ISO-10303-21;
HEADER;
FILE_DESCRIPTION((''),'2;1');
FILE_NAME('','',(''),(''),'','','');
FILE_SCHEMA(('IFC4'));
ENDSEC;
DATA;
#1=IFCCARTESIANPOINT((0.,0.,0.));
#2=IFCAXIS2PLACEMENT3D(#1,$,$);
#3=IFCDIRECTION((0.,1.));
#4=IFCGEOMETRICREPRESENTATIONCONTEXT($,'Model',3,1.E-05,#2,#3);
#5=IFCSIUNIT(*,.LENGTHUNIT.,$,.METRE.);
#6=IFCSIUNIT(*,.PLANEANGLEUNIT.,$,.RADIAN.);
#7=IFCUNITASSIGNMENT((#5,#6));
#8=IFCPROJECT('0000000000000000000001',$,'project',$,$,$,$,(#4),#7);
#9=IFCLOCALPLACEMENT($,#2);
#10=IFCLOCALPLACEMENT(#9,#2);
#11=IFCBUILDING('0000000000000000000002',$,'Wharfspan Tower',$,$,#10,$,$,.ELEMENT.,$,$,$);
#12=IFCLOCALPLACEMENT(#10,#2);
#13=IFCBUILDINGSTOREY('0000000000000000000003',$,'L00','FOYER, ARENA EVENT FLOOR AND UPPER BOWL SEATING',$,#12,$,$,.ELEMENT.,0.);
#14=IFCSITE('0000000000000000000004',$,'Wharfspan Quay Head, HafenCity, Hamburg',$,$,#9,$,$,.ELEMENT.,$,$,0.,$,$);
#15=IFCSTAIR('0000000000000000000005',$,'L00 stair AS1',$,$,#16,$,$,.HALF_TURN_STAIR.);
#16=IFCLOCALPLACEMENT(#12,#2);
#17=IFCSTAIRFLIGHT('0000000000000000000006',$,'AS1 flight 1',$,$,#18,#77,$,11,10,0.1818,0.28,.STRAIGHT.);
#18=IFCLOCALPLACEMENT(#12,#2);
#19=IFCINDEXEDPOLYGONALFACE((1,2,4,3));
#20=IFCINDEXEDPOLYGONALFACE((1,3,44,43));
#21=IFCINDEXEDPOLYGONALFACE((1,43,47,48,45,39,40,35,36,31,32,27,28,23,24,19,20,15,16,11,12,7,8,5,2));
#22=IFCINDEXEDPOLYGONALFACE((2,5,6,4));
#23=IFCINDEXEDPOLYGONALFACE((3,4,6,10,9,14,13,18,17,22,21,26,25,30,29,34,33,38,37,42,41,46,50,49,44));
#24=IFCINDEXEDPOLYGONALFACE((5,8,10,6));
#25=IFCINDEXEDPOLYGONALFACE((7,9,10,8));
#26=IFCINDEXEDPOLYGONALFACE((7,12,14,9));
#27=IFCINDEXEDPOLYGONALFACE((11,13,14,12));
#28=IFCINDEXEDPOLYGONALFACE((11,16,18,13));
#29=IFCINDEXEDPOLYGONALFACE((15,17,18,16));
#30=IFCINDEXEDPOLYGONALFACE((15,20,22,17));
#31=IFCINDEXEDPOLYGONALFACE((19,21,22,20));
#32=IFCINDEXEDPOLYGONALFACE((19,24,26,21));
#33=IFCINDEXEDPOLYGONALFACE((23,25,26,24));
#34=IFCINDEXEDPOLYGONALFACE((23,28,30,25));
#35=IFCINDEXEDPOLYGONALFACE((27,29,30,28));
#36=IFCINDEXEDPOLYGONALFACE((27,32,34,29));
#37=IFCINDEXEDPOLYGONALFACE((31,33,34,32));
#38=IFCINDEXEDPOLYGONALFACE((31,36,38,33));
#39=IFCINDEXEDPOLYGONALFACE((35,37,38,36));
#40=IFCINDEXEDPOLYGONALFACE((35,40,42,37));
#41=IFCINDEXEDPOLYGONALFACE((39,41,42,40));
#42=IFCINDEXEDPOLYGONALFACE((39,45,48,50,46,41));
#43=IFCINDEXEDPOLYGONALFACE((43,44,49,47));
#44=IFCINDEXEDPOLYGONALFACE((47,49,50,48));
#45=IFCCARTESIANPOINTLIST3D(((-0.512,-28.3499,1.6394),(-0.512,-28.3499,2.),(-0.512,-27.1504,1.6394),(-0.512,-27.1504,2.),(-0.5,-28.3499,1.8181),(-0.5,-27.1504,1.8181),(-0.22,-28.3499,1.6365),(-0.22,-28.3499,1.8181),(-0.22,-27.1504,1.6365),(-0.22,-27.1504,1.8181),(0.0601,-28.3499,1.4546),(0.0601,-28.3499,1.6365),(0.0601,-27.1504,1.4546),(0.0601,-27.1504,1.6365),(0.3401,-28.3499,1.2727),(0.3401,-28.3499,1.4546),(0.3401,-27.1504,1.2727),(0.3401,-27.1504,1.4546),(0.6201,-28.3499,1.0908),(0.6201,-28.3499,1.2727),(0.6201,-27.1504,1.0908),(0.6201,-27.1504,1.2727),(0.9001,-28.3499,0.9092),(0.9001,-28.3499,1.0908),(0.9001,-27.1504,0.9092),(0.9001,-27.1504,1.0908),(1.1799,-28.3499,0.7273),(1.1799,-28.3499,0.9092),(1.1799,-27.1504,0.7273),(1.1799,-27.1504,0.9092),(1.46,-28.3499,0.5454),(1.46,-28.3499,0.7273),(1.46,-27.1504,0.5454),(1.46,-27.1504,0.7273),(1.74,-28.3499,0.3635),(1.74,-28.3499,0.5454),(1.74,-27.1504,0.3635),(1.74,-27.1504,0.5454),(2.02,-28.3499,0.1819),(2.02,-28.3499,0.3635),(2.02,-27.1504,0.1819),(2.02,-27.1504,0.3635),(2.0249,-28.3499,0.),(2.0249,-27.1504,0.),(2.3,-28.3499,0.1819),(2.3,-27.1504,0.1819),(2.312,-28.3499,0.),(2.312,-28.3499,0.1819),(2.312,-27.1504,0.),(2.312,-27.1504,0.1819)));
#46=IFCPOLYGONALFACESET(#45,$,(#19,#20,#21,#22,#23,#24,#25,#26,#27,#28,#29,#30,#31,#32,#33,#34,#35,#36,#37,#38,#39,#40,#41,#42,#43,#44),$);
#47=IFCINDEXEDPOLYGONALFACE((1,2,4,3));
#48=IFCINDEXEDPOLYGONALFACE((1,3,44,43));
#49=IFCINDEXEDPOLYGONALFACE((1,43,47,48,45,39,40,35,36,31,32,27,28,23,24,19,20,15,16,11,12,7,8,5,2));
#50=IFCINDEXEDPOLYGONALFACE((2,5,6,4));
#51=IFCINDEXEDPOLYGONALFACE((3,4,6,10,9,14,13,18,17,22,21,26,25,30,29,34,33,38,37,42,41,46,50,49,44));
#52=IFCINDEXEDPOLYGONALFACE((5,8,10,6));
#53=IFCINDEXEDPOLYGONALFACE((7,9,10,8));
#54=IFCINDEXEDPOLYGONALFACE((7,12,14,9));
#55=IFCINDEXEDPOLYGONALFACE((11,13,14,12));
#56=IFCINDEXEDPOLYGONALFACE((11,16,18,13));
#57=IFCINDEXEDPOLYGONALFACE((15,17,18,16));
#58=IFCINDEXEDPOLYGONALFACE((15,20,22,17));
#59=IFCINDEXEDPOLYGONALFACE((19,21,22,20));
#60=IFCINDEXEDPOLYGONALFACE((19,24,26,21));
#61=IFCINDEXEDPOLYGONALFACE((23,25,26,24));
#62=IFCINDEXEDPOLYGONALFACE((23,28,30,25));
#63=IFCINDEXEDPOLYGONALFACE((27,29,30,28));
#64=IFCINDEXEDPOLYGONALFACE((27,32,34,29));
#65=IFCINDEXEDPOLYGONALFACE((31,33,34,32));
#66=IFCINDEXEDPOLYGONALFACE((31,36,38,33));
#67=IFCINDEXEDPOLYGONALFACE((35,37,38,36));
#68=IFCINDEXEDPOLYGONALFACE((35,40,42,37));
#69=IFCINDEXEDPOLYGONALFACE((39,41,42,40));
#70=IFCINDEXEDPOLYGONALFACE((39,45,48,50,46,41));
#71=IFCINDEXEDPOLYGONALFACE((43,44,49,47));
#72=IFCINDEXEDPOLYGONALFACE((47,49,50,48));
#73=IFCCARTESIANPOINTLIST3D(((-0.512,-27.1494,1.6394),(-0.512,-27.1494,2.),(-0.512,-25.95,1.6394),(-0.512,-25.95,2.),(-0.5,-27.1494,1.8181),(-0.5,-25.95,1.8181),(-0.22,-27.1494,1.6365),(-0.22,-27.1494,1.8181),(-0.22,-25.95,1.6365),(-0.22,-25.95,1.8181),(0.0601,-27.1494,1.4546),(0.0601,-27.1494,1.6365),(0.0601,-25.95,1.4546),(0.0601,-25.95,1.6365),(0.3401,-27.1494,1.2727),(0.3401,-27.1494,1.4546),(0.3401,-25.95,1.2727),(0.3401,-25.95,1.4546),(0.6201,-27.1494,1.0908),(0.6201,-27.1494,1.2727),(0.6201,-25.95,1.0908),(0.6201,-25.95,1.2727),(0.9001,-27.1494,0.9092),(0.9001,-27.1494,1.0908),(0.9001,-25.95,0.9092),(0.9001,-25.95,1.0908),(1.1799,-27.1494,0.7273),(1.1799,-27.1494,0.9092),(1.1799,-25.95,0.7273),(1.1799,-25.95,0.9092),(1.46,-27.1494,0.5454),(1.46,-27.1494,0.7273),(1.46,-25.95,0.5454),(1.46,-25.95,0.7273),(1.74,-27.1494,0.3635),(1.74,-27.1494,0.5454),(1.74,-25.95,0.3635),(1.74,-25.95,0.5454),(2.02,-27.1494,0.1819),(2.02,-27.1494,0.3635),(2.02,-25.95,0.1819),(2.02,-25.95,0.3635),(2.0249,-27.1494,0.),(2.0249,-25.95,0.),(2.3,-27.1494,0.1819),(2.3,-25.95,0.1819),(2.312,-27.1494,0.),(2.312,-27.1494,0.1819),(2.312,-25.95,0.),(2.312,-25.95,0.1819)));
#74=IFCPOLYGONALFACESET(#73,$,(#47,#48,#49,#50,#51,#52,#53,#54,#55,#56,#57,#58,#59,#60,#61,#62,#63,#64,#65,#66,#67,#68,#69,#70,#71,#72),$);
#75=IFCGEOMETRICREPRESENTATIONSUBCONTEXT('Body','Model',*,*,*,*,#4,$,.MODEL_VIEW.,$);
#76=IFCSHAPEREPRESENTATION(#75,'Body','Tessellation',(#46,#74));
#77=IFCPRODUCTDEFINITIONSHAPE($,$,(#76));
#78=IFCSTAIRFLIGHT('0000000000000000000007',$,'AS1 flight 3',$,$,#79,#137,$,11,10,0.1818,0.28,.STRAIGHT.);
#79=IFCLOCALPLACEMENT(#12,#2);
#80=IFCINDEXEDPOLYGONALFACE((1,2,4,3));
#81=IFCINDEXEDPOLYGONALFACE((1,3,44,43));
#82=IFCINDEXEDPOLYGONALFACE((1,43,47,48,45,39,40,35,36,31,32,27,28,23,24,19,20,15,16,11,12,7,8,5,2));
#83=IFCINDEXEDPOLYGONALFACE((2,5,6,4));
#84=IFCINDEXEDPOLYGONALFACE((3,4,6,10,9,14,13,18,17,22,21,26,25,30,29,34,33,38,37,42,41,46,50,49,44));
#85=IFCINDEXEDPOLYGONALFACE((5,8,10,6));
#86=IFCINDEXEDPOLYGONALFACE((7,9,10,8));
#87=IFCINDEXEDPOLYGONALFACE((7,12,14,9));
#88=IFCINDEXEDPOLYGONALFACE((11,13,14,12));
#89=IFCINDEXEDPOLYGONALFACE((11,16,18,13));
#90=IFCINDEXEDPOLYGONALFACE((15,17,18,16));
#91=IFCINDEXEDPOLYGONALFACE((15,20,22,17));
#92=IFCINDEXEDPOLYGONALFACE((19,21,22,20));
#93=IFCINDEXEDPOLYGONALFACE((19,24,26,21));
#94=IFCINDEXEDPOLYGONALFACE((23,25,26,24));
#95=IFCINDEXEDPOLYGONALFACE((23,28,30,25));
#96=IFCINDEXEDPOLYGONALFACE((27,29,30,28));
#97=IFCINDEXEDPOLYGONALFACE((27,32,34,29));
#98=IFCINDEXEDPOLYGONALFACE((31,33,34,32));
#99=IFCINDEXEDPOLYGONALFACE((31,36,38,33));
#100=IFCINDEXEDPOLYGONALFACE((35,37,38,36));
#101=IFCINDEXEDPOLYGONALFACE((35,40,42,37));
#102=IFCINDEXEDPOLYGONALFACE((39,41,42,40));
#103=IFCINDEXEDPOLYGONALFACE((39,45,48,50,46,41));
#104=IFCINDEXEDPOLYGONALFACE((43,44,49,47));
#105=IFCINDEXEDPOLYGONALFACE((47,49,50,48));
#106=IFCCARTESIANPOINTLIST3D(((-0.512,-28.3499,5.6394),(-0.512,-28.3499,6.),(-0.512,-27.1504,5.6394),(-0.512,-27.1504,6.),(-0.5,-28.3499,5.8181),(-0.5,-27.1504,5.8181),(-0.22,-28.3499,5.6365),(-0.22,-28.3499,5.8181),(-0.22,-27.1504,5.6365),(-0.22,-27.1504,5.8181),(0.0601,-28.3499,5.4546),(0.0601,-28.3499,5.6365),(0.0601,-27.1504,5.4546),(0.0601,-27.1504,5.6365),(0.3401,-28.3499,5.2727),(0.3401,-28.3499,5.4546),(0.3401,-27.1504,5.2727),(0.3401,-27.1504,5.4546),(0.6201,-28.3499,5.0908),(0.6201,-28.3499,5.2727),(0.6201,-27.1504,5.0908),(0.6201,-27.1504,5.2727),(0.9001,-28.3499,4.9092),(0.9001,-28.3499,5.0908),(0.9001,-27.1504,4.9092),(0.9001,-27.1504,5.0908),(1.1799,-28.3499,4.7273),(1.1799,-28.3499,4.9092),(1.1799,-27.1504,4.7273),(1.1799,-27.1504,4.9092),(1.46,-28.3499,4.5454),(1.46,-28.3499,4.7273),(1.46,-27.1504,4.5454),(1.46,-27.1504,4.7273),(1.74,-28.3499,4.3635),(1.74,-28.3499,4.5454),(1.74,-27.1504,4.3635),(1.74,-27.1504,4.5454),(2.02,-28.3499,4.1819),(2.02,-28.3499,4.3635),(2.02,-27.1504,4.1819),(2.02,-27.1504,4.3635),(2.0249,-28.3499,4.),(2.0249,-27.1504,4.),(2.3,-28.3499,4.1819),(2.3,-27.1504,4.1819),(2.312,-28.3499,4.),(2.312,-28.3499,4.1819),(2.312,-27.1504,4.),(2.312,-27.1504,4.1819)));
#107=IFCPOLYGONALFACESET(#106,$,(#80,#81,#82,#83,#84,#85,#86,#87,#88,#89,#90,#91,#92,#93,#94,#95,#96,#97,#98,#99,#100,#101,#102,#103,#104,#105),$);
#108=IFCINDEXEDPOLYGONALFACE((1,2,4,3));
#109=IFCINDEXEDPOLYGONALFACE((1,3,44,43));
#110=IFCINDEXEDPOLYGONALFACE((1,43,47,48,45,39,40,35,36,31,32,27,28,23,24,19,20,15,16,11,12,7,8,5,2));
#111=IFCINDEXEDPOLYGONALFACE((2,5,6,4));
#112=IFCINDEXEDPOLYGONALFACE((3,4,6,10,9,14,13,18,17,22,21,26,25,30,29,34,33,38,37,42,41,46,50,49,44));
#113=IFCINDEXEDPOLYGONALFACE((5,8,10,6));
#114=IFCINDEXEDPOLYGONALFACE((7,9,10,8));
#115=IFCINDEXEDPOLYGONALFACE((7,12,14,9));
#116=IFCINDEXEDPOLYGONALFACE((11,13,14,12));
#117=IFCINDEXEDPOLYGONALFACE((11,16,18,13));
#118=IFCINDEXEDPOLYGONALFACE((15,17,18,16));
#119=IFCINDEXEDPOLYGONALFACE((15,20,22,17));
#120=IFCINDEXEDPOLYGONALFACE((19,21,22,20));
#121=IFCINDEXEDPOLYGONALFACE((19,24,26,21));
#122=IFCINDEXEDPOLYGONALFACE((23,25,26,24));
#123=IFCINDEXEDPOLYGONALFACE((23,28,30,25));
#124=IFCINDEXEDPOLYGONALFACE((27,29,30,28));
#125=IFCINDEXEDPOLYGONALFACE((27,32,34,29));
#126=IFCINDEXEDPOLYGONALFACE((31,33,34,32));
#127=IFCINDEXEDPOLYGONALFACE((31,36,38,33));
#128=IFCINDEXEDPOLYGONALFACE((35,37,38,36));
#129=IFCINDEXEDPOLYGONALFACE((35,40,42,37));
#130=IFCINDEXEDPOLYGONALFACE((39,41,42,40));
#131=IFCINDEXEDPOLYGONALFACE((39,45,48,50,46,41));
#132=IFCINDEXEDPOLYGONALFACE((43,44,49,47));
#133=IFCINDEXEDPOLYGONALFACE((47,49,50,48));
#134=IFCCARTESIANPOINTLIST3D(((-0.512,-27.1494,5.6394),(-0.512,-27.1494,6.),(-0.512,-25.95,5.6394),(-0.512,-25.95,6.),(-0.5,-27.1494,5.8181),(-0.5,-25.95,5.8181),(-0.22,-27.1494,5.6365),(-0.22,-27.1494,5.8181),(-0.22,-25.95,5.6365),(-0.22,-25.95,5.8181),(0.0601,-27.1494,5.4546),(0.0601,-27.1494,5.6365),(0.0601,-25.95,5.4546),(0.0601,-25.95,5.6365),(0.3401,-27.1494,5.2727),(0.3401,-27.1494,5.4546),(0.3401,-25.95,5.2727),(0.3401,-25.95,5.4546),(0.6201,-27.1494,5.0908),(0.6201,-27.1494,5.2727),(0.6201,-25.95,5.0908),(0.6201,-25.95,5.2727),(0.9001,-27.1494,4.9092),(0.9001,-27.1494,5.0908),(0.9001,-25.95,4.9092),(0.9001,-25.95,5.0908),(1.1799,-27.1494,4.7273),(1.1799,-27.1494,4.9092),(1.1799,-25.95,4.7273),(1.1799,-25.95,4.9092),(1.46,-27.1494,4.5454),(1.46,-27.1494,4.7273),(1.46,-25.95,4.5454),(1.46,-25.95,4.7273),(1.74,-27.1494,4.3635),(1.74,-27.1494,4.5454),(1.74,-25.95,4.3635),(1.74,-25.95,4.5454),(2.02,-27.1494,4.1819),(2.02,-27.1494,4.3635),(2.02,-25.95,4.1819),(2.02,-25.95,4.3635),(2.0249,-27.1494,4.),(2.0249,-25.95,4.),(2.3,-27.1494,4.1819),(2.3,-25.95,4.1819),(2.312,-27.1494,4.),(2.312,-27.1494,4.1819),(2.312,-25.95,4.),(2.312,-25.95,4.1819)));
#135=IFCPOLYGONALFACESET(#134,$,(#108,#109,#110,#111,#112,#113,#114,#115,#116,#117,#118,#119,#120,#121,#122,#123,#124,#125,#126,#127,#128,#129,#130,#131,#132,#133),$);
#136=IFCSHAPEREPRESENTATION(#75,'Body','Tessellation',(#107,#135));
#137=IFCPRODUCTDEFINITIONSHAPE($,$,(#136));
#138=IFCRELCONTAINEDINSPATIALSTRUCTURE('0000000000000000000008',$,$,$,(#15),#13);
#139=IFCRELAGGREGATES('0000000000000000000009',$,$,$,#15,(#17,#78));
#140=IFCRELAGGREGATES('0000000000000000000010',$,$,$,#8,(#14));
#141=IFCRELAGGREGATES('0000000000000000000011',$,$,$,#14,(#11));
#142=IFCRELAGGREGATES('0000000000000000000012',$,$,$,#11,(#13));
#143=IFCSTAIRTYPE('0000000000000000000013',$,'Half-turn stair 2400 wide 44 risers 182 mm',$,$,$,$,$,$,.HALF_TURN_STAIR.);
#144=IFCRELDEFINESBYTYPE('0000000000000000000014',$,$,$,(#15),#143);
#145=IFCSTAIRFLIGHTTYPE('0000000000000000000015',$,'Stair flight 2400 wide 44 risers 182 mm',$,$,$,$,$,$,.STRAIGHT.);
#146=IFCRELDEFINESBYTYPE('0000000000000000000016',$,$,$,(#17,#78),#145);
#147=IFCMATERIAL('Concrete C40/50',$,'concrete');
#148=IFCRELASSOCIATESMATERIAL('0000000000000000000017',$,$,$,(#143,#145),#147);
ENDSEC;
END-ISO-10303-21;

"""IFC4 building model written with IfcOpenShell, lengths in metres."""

from ifc_helpers import new_model, si_unit, direction, frame, origin, place, context, subcontext, project, spatial, polyline, outline, extrude, material, type_object, element, aggregate, save


model = new_model("IFC4")

# Units and contexts
model_context = context("Model", 3, precision=1e-05, world=origin(), true_north=direction((0.0, 1.0)))
body_context = subcontext(model_context, "Body", "Model", "MODEL_VIEW")
ifc_project = project(units=[si_unit("LENGTHUNIT", "METRE"), si_unit("PLANEANGLEUNIT", "RADIAN")], contexts=[model_context])

# Site, building, storey
site_placement = place(None, origin())
site = spatial("IfcSite", under=ifc_project, at=site_placement, Name="Wharfspan Quay Head, HafenCity, Hamburg", CompositionType="ELEMENT", RefElevation=0.0)
building_placement = place(site_placement, origin())
building = spatial("IfcBuilding", under=site, at=building_placement, Name="Wharfspan Tower", CompositionType="ELEMENT")
storey_placement = place(building_placement, origin())
storey = spatial("IfcBuildingStorey", under=building, at=storey_placement, Name="L00", Description="FOYER, ARENA EVENT FLOOR AND UPPER BOWL SEATING", CompositionType="ELEMENT", Elevation=0.0)

# Shared definitions
ifc_material_1 = material(Name="Concrete C40/50", Category="concrete")

# Stair, stair flights
stair_type = type_object("IfcStairType", Name="Half-turn stair 2400 wide 44 risers 182 mm", PredefinedType="HALF_TURN_STAIR", material=ifc_material_1)
stair_placement = place(storey_placement, origin())
stair = element("IfcStair", 1, at=stair_placement, inside=storey, type_object=stair_type, Name="L00 stair AS1", PredefinedType="HALF_TURN_STAIR")
stair_flight_type = type_object("IfcStairFlightType", Name="Stair flight 2400 wide 44 risers 182 mm", PredefinedType="STRAIGHT", material=ifc_material_1)
stair_flight_1_placement = place(storey_placement, frame((2.3, -27.1499, 0.0), z_axis=(0.0, 0.0, 1.0), x_axis=(-1.0, 0.0, 0.0)))
stair_flight_1 = element("IfcStairFlight", 2, at=stair_flight_1_placement, type_object=stair_flight_type, Name="AS1 flight 1", NumberOfRisers=11, NumberOfTreads=10, PredefinedType="STRAIGHT", RiserHeight=0.1818, TreadLength=0.28, context=body_context, shape_type="SweptSolid", body=[
    extrude(outline(polyline([(-0.012, 0.0), (-0.012, 0.1819), (0.0, 0.1819), (0.28, 0.1819), (0.28, 0.3635), (0.5601, 0.3635), (0.5601, 0.5454), (0.8401, 0.5454), (0.8401, 0.7273), (1.1201, 0.7273), (1.1201, 0.9092), (1.3999, 0.9092), (1.3999, 1.0908), (1.6799, 1.0908), (1.6799, 1.2727), (1.96, 1.2727), (1.96, 1.4546), (2.24, 1.4546), (2.24, 1.6365), (2.52, 1.6365), (2.52, 1.8181), (2.8, 1.8181), (2.812, 2.0), (2.812, 1.6394), (0.2751, 0.0), (-0.012, 0.0)])), frame((0.0, 1.2, 0.0), z_axis=(0.0, -1.0, 0.0), x_axis=(1.0, 0.0, 0.0)), (0.0, 0.0, 1.0), 1.1995),
    extrude(outline(polyline([(-0.012, 0.0), (-0.012, 0.1819), (0.0, 0.1819), (0.28, 0.1819), (0.28, 0.3635), (0.5601, 0.3635), (0.5601, 0.5454), (0.8401, 0.5454), (0.8401, 0.7273), (1.1201, 0.7273), (1.1201, 0.9092), (1.3999, 0.9092), (1.3999, 1.0908), (1.6799, 1.0908), (1.6799, 1.2727), (1.96, 1.2727), (1.96, 1.4546), (2.24, 1.4546), (2.24, 1.6365), (2.52, 1.6365), (2.52, 1.8181), (2.8, 1.8181), (2.812, 2.0), (2.812, 1.6394), (0.2751, 0.0), (-0.012, 0.0)])), frame((0.0, -0.0005, 0.0), z_axis=(0.0, -1.0, 0.0), x_axis=(1.0, 0.0, 0.0)), (0.0, 0.0, 1.0), 1.1995),
])
stair_flight_2_placement = place(storey_placement, frame((2.3, -27.1499, 4.0), z_axis=(0.0, 0.0, 1.0), x_axis=(-1.0, 0.0, 0.0)))
stair_flight_2 = element("IfcStairFlight", 3, at=stair_flight_2_placement, type_object=stair_flight_type, Name="AS1 flight 3", NumberOfRisers=11, NumberOfTreads=10, PredefinedType="STRAIGHT", RiserHeight=0.1818, TreadLength=0.28, context=body_context, shape_type="SweptSolid", body=[
    extrude(outline(polyline([(-0.012, 0.0), (-0.012, 0.1819), (0.0, 0.1819), (0.28, 0.1819), (0.28, 0.3635), (0.5601, 0.3635), (0.5601, 0.5454), (0.8401, 0.5454), (0.8401, 0.7273), (1.1201, 0.7273), (1.1201, 0.9092), (1.3999, 0.9092), (1.3999, 1.0908), (1.6799, 1.0908), (1.6799, 1.2727), (1.96, 1.2727), (1.96, 1.4546), (2.24, 1.4546), (2.24, 1.6365), (2.52, 1.6365), (2.52, 1.8181), (2.8, 1.8181), (2.812, 2.0), (2.812, 1.6394), (0.2751, 0.0), (-0.012, 0.0)])), frame((0.0, 1.2, 0.0), z_axis=(0.0, -1.0, 0.0), x_axis=(1.0, 0.0, 0.0)), (0.0, 0.0, 1.0), 1.1995),
    extrude(outline(polyline([(-0.012, 0.0), (-0.012, 0.1819), (0.0, 0.1819), (0.28, 0.1819), (0.28, 0.3635), (0.5601, 0.3635), (0.5601, 0.5454), (0.8401, 0.5454), (0.8401, 0.7273), (1.1201, 0.7273), (1.1201, 0.9092), (1.3999, 0.9092), (1.3999, 1.0908), (1.6799, 1.0908), (1.6799, 1.2727), (1.96, 1.2727), (1.96, 1.4546), (2.24, 1.4546), (2.24, 1.6365), (2.52, 1.6365), (2.52, 1.8181), (2.8, 1.8181), (2.812, 2.0), (2.812, 1.6394), (0.2751, 0.0), (-0.012, 0.0)])), frame((0.0, -0.0005, 0.0), z_axis=(0.0, -1.0, 0.0), x_axis=(1.0, 0.0, 0.0)), (0.0, 0.0, 1.0), 1.1995),
])
aggregate(stair, [stair_flight_1, stair_flight_2])

save(model, "model.ifc")
